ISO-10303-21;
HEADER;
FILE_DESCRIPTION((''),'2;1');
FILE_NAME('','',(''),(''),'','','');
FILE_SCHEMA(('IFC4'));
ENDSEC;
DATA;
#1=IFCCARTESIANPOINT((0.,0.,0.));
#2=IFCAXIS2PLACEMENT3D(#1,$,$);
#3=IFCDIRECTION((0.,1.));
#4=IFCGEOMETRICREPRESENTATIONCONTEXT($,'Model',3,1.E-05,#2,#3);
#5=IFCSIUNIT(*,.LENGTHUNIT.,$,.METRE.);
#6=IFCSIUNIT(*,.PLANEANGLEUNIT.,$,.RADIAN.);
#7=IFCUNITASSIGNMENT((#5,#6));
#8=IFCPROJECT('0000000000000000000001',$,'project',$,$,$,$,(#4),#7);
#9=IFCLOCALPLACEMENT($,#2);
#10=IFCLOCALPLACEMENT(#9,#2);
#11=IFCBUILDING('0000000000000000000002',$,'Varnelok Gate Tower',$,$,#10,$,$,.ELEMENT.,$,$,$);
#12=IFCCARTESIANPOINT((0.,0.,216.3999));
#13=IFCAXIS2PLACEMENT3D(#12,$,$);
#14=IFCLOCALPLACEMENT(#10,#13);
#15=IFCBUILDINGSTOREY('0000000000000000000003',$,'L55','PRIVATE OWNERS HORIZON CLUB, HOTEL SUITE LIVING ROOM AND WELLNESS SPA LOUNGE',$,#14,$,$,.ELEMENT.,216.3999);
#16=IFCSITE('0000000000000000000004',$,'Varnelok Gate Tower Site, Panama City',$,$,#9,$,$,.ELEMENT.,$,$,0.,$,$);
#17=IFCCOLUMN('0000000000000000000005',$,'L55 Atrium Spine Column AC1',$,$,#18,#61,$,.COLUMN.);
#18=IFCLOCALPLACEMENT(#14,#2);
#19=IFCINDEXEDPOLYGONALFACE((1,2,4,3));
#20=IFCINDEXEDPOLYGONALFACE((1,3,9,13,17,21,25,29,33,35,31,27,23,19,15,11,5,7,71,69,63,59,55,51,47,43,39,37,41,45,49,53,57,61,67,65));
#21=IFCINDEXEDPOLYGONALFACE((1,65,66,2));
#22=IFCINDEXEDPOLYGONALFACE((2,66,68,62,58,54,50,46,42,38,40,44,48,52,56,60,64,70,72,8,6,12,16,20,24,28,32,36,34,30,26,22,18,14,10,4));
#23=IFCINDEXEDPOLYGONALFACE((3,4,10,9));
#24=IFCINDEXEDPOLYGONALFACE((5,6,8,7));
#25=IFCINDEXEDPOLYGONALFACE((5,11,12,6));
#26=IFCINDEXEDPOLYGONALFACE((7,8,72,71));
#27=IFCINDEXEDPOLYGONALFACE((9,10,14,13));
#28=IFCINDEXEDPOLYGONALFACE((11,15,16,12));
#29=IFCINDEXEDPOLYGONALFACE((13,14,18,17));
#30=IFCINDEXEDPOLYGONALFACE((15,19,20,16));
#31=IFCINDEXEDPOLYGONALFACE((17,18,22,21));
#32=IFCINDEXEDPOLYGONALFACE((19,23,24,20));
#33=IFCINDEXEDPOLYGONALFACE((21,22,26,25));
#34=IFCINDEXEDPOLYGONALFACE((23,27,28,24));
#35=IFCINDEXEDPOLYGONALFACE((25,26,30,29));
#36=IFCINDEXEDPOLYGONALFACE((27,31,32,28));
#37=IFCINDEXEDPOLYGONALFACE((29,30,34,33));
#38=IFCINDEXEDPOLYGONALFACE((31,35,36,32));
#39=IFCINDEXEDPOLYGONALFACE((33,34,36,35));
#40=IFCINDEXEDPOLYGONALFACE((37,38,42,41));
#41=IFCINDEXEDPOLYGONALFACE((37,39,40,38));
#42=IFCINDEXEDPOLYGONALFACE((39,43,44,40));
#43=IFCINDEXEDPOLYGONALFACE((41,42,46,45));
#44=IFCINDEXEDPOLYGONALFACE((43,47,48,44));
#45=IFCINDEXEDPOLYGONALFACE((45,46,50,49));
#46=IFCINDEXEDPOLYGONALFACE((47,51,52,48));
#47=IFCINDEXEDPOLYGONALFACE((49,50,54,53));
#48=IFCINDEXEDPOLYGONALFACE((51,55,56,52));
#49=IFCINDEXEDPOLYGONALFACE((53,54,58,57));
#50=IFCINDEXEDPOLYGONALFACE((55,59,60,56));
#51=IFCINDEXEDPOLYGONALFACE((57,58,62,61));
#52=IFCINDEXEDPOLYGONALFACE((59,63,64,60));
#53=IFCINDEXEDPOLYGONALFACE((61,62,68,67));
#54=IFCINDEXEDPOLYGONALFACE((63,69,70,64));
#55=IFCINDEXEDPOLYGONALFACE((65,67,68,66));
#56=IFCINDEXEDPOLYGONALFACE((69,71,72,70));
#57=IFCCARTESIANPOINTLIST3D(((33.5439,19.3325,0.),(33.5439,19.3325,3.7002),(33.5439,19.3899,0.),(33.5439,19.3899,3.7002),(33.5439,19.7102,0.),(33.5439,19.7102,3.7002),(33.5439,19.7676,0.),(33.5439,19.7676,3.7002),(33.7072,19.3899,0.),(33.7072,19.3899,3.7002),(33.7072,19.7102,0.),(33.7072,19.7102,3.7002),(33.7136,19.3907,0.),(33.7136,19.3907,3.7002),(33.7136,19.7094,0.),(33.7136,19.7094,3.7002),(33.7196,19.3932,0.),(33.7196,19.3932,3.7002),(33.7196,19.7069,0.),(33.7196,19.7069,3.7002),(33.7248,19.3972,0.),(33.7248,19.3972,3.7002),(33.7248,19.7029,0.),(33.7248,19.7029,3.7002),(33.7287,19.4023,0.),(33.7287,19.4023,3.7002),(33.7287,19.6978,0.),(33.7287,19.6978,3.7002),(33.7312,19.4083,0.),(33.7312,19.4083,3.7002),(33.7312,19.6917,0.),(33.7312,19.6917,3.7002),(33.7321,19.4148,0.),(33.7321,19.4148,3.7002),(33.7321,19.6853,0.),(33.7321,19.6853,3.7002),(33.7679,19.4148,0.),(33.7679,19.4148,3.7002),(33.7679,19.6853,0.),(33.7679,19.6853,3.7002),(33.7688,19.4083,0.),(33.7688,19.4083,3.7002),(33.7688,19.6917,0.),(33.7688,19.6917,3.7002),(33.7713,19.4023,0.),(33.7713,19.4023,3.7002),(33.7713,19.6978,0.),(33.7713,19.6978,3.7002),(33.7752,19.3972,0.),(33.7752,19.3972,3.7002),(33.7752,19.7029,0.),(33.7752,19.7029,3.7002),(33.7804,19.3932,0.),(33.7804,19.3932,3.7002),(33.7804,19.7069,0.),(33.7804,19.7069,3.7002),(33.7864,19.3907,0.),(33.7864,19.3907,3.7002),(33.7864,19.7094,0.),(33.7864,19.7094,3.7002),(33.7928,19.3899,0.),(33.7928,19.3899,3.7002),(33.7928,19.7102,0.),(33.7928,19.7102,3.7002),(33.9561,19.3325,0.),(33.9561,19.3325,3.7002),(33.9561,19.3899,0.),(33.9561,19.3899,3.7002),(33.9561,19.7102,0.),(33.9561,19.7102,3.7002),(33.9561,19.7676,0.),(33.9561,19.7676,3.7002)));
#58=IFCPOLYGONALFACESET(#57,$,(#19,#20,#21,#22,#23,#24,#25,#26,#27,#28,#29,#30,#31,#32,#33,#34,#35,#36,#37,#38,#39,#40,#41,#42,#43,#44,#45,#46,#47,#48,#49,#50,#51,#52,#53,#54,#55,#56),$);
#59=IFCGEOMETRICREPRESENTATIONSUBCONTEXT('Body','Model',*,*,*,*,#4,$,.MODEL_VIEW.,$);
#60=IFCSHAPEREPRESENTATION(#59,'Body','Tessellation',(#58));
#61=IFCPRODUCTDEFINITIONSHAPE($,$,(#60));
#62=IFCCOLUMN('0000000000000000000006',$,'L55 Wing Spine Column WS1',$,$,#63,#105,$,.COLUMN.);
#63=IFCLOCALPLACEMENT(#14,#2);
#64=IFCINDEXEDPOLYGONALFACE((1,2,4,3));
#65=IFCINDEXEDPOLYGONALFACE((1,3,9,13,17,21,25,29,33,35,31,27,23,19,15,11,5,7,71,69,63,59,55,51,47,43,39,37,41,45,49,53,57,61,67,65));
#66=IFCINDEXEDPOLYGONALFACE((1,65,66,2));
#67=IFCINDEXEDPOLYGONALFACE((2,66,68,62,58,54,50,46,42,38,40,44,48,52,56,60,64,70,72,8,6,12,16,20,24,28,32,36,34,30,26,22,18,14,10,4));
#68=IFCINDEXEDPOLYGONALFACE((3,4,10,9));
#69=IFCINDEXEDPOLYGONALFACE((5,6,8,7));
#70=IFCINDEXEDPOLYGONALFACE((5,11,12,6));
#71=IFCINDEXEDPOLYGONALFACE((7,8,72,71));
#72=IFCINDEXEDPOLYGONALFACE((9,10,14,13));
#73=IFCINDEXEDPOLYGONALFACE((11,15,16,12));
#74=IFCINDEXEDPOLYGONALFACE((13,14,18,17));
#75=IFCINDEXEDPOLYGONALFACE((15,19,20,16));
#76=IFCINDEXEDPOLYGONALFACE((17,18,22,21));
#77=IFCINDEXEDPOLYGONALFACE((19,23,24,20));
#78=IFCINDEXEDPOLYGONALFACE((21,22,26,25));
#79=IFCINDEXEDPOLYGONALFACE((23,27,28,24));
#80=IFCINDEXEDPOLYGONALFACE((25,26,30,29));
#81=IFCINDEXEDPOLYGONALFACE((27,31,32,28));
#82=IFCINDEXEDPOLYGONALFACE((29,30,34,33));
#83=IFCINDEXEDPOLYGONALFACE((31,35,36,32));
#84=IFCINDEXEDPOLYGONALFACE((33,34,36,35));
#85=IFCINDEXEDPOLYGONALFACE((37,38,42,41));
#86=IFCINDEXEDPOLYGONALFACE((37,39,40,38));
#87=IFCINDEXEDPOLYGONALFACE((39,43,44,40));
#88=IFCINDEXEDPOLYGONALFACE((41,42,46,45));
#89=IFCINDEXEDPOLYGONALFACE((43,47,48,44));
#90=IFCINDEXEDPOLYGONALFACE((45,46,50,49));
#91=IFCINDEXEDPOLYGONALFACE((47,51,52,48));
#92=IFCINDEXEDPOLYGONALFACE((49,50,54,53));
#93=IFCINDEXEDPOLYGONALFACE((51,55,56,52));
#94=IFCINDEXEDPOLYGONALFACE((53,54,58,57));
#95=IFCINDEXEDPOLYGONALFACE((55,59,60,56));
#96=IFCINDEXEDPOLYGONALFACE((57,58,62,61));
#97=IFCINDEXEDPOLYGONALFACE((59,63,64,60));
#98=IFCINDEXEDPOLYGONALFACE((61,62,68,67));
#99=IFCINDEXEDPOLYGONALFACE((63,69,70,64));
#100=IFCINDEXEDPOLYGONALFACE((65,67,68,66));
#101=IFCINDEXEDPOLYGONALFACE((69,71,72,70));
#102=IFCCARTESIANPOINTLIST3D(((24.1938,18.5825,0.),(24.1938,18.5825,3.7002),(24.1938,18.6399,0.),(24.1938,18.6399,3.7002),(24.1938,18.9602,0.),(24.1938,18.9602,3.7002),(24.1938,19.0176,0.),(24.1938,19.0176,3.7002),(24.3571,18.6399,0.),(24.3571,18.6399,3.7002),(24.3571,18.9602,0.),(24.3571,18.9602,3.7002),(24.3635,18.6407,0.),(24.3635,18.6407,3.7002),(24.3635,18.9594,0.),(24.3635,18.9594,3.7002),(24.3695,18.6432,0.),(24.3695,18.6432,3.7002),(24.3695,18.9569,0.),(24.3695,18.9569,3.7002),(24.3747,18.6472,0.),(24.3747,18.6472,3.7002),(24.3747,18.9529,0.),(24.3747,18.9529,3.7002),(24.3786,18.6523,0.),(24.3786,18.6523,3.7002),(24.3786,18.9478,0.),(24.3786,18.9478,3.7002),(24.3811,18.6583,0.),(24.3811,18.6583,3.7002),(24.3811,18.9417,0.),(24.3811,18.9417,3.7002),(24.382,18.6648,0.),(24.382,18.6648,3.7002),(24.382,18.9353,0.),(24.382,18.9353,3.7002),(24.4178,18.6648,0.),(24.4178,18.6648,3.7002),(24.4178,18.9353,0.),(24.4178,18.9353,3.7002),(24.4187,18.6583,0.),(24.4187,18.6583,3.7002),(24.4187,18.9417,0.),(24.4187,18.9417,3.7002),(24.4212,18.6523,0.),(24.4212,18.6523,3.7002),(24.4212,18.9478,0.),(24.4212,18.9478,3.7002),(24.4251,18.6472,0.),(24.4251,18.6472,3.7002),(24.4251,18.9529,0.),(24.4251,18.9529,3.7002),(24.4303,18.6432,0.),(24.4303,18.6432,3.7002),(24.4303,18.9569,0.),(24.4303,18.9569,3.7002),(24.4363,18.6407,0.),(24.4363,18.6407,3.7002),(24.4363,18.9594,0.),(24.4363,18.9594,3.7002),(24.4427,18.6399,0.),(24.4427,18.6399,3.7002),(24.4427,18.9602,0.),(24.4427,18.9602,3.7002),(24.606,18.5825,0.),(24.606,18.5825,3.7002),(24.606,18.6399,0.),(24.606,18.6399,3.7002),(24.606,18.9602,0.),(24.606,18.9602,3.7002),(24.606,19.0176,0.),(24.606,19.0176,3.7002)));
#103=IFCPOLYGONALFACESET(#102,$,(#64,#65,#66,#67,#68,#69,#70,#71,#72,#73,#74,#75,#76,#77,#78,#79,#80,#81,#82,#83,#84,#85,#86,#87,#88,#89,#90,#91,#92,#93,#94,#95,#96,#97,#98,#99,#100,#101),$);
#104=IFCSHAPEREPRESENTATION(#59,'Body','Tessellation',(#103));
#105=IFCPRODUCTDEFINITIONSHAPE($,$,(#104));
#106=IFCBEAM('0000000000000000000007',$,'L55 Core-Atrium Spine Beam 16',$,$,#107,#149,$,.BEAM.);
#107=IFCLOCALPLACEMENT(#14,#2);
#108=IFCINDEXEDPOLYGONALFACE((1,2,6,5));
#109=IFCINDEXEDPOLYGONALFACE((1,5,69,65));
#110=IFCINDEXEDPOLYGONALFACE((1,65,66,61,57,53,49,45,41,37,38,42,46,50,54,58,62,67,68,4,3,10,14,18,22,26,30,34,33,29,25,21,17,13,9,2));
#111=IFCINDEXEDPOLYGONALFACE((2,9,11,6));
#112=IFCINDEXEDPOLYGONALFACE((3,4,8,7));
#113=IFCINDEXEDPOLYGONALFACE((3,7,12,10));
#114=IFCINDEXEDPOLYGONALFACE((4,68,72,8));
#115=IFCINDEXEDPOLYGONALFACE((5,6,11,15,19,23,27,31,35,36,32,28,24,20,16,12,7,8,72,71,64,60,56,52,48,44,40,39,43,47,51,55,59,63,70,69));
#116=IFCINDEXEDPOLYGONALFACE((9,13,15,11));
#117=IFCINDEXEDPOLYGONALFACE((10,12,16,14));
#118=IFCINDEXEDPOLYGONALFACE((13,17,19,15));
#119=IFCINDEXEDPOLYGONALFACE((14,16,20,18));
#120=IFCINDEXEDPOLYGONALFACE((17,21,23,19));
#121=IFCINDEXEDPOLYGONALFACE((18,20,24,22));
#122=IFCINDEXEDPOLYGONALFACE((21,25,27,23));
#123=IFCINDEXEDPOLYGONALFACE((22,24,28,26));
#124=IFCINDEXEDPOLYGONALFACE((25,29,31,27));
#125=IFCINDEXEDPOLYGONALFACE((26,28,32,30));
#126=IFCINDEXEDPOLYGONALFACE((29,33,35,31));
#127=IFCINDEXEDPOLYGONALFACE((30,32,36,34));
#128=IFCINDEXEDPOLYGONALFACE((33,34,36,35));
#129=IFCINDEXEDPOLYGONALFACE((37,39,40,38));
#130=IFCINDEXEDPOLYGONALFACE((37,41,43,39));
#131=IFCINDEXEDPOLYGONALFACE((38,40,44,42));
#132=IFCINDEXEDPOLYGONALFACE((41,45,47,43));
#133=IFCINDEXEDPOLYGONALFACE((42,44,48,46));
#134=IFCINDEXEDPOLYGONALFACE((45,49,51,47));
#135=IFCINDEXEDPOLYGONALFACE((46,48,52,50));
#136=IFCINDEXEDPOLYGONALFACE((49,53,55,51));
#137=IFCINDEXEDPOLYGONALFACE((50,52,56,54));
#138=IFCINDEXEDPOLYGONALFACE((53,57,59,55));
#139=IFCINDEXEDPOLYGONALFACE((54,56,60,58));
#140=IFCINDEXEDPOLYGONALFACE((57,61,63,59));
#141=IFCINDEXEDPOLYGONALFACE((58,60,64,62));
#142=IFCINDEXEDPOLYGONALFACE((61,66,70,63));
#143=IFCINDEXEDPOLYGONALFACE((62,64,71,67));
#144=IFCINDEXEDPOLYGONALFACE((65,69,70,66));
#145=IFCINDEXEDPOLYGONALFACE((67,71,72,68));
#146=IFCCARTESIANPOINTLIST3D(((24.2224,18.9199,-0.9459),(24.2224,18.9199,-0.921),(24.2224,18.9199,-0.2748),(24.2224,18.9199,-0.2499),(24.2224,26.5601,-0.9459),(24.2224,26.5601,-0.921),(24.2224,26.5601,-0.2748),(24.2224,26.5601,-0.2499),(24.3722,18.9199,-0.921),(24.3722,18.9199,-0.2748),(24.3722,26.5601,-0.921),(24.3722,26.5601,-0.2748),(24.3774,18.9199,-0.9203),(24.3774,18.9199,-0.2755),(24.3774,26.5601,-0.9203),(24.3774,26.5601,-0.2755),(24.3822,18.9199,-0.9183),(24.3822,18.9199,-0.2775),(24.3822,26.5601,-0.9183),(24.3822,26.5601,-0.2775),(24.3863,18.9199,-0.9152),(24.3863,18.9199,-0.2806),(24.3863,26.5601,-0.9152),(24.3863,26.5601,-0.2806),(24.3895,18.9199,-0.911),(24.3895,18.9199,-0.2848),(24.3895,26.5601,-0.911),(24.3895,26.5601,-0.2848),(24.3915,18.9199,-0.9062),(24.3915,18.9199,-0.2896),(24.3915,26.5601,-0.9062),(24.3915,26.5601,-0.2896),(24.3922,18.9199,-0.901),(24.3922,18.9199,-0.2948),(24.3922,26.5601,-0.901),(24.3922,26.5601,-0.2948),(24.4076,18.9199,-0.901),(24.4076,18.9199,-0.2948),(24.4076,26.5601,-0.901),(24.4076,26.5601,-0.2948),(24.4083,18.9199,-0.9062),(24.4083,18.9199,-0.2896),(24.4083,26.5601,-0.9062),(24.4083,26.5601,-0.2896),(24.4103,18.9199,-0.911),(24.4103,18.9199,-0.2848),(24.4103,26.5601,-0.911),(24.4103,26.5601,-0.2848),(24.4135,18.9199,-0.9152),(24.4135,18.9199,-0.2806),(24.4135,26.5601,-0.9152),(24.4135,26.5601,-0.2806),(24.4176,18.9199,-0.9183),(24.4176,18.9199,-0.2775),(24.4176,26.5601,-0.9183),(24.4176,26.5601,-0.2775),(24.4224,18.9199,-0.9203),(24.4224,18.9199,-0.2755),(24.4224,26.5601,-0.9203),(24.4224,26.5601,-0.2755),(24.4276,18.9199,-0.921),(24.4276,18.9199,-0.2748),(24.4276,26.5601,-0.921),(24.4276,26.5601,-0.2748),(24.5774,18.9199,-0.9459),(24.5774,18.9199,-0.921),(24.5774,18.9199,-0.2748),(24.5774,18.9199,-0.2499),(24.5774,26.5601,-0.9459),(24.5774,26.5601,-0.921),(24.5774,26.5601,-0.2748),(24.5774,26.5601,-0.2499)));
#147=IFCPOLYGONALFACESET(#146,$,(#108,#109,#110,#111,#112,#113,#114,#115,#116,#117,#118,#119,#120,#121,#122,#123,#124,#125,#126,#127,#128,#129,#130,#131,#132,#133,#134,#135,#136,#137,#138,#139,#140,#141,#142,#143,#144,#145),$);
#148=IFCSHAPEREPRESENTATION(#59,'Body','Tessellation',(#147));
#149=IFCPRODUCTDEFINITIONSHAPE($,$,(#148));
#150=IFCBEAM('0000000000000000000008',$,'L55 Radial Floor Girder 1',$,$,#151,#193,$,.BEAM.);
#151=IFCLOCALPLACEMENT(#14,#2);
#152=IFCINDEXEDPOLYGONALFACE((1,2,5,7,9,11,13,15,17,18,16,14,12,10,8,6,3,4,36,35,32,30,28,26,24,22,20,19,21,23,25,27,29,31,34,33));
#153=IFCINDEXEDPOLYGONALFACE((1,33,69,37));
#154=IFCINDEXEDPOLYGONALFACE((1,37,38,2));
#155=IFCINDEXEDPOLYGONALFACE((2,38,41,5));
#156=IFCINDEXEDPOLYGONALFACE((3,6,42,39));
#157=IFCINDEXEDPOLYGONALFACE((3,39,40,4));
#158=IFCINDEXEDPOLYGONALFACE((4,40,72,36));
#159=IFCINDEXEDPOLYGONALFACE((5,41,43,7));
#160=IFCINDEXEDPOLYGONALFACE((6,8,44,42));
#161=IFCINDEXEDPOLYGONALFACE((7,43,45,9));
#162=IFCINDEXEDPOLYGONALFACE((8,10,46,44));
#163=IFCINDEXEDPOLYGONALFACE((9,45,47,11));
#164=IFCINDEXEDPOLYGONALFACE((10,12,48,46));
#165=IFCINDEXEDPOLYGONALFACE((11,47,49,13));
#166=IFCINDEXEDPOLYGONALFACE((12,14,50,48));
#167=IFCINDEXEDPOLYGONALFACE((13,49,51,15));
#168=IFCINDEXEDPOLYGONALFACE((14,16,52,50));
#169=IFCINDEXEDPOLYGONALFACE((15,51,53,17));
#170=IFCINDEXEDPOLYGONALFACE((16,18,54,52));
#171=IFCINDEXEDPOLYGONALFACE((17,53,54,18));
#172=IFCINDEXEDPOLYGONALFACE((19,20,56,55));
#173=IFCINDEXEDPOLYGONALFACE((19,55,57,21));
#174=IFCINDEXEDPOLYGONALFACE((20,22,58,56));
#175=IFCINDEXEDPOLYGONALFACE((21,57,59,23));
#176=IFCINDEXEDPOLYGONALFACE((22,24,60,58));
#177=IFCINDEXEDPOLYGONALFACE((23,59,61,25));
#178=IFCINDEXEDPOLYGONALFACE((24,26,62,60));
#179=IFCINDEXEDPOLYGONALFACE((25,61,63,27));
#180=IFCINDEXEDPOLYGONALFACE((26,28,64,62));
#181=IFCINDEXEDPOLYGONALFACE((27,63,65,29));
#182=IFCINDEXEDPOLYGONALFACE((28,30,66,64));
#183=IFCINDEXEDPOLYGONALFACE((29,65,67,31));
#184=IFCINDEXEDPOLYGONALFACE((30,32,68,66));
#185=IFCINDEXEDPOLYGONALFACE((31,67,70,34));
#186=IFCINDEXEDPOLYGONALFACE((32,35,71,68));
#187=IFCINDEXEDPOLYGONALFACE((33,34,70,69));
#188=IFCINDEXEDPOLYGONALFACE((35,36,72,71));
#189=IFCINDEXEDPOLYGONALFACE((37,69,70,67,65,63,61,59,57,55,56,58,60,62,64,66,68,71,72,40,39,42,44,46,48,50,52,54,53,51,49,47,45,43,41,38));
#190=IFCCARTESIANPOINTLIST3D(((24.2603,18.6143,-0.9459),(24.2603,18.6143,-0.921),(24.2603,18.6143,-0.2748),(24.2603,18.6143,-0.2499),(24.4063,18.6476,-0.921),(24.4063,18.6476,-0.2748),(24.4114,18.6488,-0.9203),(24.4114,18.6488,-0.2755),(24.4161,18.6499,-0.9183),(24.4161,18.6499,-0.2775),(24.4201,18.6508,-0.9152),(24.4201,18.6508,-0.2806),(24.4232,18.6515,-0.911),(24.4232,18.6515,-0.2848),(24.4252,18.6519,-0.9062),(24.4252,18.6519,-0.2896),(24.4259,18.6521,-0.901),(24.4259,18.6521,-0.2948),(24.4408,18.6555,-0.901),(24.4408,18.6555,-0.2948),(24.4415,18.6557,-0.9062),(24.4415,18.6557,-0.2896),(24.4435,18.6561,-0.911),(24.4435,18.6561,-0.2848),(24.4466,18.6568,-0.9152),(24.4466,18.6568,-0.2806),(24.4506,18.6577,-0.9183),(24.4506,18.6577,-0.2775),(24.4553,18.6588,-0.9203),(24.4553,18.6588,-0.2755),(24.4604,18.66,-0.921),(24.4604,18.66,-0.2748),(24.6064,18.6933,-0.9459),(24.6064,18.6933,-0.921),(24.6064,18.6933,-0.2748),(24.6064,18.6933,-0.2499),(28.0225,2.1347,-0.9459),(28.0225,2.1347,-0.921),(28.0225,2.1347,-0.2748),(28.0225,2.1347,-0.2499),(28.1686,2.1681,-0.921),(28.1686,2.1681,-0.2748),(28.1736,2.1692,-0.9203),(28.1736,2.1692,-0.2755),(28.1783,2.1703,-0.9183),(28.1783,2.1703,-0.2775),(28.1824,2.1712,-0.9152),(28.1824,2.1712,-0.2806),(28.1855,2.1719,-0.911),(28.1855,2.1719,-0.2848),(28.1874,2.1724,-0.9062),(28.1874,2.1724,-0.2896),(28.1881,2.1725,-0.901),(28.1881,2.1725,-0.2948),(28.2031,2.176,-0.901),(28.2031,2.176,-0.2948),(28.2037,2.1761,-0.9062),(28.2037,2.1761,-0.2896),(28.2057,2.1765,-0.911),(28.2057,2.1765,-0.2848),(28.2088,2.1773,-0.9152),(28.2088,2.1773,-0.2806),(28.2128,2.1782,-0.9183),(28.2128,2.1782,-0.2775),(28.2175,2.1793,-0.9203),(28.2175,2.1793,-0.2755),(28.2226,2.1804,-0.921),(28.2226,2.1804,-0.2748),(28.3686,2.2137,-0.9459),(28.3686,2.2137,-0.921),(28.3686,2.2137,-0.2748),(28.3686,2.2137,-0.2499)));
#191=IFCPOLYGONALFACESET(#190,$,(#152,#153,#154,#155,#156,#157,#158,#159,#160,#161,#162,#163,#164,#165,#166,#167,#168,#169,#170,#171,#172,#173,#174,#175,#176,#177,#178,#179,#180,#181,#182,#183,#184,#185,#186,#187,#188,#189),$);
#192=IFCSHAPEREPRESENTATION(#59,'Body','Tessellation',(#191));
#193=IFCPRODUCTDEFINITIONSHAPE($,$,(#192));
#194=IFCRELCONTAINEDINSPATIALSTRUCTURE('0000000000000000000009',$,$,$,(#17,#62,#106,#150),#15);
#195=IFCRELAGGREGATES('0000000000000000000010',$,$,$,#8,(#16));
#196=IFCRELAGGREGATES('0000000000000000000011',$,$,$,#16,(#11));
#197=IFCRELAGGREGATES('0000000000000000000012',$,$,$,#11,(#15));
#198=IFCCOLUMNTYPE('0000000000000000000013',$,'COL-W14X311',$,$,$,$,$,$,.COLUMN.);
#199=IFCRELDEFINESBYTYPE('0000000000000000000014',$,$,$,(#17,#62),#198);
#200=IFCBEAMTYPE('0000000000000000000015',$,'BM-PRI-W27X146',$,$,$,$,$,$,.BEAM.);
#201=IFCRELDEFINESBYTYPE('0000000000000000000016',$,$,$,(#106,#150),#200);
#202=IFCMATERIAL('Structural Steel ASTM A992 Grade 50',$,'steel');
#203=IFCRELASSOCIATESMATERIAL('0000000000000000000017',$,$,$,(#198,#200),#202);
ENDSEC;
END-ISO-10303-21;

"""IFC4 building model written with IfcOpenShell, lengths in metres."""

from ifc_helpers import new_model, si_unit, direction, frame, origin, origin_2d, place, context, subcontext, project, spatial, i_section, extrude, material, material_profile, profile_set, type_object, element, save


model = new_model("IFC4")

# Units and contexts
model_context = context("Model", 3, precision=1e-05, world=origin(), true_north=direction((0.0, 1.0)))
body_context = subcontext(model_context, "Body", "Model", "MODEL_VIEW")
ifc_project = project(units=[si_unit("LENGTHUNIT", "METRE"), si_unit("PLANEANGLEUNIT", "RADIAN")], contexts=[model_context])

# Site, building, storey
site_placement = place(None, origin())
site = spatial("IfcSite", under=ifc_project, at=site_placement, Name="Varnelok Gate Tower Site, Panama City", CompositionType="ELEMENT", RefElevation=0.0)
building_placement = place(site_placement, origin())
building = spatial("IfcBuilding", under=site, at=building_placement, Name="Varnelok Gate Tower", CompositionType="ELEMENT")
storey_placement = place(building_placement, frame((0.0, 0.0, 216.3999)))
storey = spatial("IfcBuildingStorey", under=building, at=storey_placement, Name="L55", Description="PRIVATE OWNERS HORIZON CLUB, HOTEL SUITE LIVING ROOM AND WELLNESS SPA LOUNGE", CompositionType="ELEMENT", Elevation=216.3999)

# Columns
ifc_material_1 = material(Name="Structural Steel ASTM A992 Grade 50", Category="steel")
ifc_material_profile_1 = material_profile(ifc_material_1, i_section(OverallWidth=0.4121, OverallDepth=0.4351, WebThickness=0.0359, FlangeThickness=0.0574, FilletRadius=0.0249, at=origin_2d()), Name="W14X311")
ifc_profile_set_1 = profile_set([ifc_material_profile_1], Name="Structural Steel ASTM A992 Grade 50")
column_type = type_object("IfcColumnType", Name="COL-W14X311", PredefinedType="COLUMN", material=ifc_profile_set_1)
for number, where, z_axis, x_axis, name in (
    (1, (33.75, 19.55, 0.0), (0.0, 0.0, 1.0), (1.0, 0.0, 0.0), "L55 Atrium Spine Column AC1"),
    (2, (24.3999, 18.8, 0.0), (0.0, 0.0, 1.0), (1.0, 0.0, 0.0), "L55 Wing Spine Column WS1"),
):
    element("IfcColumn", number, at=place(storey_placement, frame(where, z_axis=z_axis, x_axis=x_axis)), inside=storey, type_object=column_type, Name=name, PredefinedType="COLUMN", context=body_context, shape_type="SweptSolid", body=[
        extrude(i_section(OverallWidth=0.4121, OverallDepth=0.4351, WebThickness=0.0359, FlangeThickness=0.0574, FilletRadius=0.0249, at=origin_2d()), origin(), (0.0, 0.0, 1.0), 3.7002),
    ])

# Beams
ifc_material_profile_2 = material_profile(ifc_material_1, i_section(OverallWidth=0.355, OverallDepth=0.696, WebThickness=0.0154, FlangeThickness=0.0249, FilletRadius=0.02, at=origin_2d()), Name="W27X146")
ifc_profile_set_2 = profile_set([ifc_material_profile_2], Name="Structural Steel ASTM A992 Grade 50")
beam_type_1 = type_object("IfcBeamType", Name="BM-PRI-W27X146", PredefinedType="BEAM", material=ifc_profile_set_2)
beam_1_placement = place(storey_placement, frame((24.3999, 18.9199, -0.5979), z_axis=(0.0, 1.0, 0.0), x_axis=(-1.0, 0.0, 0.0)))
element("IfcBeam", 3, at=beam_1_placement, inside=storey, type_object=beam_type_1, Name="L55 Core-Atrium Spine Beam 16", PredefinedType="BEAM", context=body_context, shape_type="SweptSolid", body=[
    extrude(i_section(OverallWidth=0.355, OverallDepth=0.696, WebThickness=0.0154, FlangeThickness=0.0249, FilletRadius=0.02, at=origin_2d()), origin(), (0.0, 0.0, 1.0), 7.6401),
])
beam_2_placement = place(storey_placement, frame((24.4333, 18.6538, -0.5979), z_axis=(0.22257, -0.974917, 0.0), x_axis=(0.974917, 0.22257, 0.0)))
element("IfcBeam", 4, at=beam_2_placement, inside=storey, type_object=beam_type_1, Name="L55 Radial Floor Girder 1", PredefinedType="BEAM", context=body_context, shape_type="SweptSolid", body=[
    extrude(i_section(OverallWidth=0.355, OverallDepth=0.696, WebThickness=0.0154, FlangeThickness=0.0249, FilletRadius=0.02, at=origin_2d()), origin(), (0.0, 0.0, 1.0), 16.9036),
])

save(model, "model.ifc")
